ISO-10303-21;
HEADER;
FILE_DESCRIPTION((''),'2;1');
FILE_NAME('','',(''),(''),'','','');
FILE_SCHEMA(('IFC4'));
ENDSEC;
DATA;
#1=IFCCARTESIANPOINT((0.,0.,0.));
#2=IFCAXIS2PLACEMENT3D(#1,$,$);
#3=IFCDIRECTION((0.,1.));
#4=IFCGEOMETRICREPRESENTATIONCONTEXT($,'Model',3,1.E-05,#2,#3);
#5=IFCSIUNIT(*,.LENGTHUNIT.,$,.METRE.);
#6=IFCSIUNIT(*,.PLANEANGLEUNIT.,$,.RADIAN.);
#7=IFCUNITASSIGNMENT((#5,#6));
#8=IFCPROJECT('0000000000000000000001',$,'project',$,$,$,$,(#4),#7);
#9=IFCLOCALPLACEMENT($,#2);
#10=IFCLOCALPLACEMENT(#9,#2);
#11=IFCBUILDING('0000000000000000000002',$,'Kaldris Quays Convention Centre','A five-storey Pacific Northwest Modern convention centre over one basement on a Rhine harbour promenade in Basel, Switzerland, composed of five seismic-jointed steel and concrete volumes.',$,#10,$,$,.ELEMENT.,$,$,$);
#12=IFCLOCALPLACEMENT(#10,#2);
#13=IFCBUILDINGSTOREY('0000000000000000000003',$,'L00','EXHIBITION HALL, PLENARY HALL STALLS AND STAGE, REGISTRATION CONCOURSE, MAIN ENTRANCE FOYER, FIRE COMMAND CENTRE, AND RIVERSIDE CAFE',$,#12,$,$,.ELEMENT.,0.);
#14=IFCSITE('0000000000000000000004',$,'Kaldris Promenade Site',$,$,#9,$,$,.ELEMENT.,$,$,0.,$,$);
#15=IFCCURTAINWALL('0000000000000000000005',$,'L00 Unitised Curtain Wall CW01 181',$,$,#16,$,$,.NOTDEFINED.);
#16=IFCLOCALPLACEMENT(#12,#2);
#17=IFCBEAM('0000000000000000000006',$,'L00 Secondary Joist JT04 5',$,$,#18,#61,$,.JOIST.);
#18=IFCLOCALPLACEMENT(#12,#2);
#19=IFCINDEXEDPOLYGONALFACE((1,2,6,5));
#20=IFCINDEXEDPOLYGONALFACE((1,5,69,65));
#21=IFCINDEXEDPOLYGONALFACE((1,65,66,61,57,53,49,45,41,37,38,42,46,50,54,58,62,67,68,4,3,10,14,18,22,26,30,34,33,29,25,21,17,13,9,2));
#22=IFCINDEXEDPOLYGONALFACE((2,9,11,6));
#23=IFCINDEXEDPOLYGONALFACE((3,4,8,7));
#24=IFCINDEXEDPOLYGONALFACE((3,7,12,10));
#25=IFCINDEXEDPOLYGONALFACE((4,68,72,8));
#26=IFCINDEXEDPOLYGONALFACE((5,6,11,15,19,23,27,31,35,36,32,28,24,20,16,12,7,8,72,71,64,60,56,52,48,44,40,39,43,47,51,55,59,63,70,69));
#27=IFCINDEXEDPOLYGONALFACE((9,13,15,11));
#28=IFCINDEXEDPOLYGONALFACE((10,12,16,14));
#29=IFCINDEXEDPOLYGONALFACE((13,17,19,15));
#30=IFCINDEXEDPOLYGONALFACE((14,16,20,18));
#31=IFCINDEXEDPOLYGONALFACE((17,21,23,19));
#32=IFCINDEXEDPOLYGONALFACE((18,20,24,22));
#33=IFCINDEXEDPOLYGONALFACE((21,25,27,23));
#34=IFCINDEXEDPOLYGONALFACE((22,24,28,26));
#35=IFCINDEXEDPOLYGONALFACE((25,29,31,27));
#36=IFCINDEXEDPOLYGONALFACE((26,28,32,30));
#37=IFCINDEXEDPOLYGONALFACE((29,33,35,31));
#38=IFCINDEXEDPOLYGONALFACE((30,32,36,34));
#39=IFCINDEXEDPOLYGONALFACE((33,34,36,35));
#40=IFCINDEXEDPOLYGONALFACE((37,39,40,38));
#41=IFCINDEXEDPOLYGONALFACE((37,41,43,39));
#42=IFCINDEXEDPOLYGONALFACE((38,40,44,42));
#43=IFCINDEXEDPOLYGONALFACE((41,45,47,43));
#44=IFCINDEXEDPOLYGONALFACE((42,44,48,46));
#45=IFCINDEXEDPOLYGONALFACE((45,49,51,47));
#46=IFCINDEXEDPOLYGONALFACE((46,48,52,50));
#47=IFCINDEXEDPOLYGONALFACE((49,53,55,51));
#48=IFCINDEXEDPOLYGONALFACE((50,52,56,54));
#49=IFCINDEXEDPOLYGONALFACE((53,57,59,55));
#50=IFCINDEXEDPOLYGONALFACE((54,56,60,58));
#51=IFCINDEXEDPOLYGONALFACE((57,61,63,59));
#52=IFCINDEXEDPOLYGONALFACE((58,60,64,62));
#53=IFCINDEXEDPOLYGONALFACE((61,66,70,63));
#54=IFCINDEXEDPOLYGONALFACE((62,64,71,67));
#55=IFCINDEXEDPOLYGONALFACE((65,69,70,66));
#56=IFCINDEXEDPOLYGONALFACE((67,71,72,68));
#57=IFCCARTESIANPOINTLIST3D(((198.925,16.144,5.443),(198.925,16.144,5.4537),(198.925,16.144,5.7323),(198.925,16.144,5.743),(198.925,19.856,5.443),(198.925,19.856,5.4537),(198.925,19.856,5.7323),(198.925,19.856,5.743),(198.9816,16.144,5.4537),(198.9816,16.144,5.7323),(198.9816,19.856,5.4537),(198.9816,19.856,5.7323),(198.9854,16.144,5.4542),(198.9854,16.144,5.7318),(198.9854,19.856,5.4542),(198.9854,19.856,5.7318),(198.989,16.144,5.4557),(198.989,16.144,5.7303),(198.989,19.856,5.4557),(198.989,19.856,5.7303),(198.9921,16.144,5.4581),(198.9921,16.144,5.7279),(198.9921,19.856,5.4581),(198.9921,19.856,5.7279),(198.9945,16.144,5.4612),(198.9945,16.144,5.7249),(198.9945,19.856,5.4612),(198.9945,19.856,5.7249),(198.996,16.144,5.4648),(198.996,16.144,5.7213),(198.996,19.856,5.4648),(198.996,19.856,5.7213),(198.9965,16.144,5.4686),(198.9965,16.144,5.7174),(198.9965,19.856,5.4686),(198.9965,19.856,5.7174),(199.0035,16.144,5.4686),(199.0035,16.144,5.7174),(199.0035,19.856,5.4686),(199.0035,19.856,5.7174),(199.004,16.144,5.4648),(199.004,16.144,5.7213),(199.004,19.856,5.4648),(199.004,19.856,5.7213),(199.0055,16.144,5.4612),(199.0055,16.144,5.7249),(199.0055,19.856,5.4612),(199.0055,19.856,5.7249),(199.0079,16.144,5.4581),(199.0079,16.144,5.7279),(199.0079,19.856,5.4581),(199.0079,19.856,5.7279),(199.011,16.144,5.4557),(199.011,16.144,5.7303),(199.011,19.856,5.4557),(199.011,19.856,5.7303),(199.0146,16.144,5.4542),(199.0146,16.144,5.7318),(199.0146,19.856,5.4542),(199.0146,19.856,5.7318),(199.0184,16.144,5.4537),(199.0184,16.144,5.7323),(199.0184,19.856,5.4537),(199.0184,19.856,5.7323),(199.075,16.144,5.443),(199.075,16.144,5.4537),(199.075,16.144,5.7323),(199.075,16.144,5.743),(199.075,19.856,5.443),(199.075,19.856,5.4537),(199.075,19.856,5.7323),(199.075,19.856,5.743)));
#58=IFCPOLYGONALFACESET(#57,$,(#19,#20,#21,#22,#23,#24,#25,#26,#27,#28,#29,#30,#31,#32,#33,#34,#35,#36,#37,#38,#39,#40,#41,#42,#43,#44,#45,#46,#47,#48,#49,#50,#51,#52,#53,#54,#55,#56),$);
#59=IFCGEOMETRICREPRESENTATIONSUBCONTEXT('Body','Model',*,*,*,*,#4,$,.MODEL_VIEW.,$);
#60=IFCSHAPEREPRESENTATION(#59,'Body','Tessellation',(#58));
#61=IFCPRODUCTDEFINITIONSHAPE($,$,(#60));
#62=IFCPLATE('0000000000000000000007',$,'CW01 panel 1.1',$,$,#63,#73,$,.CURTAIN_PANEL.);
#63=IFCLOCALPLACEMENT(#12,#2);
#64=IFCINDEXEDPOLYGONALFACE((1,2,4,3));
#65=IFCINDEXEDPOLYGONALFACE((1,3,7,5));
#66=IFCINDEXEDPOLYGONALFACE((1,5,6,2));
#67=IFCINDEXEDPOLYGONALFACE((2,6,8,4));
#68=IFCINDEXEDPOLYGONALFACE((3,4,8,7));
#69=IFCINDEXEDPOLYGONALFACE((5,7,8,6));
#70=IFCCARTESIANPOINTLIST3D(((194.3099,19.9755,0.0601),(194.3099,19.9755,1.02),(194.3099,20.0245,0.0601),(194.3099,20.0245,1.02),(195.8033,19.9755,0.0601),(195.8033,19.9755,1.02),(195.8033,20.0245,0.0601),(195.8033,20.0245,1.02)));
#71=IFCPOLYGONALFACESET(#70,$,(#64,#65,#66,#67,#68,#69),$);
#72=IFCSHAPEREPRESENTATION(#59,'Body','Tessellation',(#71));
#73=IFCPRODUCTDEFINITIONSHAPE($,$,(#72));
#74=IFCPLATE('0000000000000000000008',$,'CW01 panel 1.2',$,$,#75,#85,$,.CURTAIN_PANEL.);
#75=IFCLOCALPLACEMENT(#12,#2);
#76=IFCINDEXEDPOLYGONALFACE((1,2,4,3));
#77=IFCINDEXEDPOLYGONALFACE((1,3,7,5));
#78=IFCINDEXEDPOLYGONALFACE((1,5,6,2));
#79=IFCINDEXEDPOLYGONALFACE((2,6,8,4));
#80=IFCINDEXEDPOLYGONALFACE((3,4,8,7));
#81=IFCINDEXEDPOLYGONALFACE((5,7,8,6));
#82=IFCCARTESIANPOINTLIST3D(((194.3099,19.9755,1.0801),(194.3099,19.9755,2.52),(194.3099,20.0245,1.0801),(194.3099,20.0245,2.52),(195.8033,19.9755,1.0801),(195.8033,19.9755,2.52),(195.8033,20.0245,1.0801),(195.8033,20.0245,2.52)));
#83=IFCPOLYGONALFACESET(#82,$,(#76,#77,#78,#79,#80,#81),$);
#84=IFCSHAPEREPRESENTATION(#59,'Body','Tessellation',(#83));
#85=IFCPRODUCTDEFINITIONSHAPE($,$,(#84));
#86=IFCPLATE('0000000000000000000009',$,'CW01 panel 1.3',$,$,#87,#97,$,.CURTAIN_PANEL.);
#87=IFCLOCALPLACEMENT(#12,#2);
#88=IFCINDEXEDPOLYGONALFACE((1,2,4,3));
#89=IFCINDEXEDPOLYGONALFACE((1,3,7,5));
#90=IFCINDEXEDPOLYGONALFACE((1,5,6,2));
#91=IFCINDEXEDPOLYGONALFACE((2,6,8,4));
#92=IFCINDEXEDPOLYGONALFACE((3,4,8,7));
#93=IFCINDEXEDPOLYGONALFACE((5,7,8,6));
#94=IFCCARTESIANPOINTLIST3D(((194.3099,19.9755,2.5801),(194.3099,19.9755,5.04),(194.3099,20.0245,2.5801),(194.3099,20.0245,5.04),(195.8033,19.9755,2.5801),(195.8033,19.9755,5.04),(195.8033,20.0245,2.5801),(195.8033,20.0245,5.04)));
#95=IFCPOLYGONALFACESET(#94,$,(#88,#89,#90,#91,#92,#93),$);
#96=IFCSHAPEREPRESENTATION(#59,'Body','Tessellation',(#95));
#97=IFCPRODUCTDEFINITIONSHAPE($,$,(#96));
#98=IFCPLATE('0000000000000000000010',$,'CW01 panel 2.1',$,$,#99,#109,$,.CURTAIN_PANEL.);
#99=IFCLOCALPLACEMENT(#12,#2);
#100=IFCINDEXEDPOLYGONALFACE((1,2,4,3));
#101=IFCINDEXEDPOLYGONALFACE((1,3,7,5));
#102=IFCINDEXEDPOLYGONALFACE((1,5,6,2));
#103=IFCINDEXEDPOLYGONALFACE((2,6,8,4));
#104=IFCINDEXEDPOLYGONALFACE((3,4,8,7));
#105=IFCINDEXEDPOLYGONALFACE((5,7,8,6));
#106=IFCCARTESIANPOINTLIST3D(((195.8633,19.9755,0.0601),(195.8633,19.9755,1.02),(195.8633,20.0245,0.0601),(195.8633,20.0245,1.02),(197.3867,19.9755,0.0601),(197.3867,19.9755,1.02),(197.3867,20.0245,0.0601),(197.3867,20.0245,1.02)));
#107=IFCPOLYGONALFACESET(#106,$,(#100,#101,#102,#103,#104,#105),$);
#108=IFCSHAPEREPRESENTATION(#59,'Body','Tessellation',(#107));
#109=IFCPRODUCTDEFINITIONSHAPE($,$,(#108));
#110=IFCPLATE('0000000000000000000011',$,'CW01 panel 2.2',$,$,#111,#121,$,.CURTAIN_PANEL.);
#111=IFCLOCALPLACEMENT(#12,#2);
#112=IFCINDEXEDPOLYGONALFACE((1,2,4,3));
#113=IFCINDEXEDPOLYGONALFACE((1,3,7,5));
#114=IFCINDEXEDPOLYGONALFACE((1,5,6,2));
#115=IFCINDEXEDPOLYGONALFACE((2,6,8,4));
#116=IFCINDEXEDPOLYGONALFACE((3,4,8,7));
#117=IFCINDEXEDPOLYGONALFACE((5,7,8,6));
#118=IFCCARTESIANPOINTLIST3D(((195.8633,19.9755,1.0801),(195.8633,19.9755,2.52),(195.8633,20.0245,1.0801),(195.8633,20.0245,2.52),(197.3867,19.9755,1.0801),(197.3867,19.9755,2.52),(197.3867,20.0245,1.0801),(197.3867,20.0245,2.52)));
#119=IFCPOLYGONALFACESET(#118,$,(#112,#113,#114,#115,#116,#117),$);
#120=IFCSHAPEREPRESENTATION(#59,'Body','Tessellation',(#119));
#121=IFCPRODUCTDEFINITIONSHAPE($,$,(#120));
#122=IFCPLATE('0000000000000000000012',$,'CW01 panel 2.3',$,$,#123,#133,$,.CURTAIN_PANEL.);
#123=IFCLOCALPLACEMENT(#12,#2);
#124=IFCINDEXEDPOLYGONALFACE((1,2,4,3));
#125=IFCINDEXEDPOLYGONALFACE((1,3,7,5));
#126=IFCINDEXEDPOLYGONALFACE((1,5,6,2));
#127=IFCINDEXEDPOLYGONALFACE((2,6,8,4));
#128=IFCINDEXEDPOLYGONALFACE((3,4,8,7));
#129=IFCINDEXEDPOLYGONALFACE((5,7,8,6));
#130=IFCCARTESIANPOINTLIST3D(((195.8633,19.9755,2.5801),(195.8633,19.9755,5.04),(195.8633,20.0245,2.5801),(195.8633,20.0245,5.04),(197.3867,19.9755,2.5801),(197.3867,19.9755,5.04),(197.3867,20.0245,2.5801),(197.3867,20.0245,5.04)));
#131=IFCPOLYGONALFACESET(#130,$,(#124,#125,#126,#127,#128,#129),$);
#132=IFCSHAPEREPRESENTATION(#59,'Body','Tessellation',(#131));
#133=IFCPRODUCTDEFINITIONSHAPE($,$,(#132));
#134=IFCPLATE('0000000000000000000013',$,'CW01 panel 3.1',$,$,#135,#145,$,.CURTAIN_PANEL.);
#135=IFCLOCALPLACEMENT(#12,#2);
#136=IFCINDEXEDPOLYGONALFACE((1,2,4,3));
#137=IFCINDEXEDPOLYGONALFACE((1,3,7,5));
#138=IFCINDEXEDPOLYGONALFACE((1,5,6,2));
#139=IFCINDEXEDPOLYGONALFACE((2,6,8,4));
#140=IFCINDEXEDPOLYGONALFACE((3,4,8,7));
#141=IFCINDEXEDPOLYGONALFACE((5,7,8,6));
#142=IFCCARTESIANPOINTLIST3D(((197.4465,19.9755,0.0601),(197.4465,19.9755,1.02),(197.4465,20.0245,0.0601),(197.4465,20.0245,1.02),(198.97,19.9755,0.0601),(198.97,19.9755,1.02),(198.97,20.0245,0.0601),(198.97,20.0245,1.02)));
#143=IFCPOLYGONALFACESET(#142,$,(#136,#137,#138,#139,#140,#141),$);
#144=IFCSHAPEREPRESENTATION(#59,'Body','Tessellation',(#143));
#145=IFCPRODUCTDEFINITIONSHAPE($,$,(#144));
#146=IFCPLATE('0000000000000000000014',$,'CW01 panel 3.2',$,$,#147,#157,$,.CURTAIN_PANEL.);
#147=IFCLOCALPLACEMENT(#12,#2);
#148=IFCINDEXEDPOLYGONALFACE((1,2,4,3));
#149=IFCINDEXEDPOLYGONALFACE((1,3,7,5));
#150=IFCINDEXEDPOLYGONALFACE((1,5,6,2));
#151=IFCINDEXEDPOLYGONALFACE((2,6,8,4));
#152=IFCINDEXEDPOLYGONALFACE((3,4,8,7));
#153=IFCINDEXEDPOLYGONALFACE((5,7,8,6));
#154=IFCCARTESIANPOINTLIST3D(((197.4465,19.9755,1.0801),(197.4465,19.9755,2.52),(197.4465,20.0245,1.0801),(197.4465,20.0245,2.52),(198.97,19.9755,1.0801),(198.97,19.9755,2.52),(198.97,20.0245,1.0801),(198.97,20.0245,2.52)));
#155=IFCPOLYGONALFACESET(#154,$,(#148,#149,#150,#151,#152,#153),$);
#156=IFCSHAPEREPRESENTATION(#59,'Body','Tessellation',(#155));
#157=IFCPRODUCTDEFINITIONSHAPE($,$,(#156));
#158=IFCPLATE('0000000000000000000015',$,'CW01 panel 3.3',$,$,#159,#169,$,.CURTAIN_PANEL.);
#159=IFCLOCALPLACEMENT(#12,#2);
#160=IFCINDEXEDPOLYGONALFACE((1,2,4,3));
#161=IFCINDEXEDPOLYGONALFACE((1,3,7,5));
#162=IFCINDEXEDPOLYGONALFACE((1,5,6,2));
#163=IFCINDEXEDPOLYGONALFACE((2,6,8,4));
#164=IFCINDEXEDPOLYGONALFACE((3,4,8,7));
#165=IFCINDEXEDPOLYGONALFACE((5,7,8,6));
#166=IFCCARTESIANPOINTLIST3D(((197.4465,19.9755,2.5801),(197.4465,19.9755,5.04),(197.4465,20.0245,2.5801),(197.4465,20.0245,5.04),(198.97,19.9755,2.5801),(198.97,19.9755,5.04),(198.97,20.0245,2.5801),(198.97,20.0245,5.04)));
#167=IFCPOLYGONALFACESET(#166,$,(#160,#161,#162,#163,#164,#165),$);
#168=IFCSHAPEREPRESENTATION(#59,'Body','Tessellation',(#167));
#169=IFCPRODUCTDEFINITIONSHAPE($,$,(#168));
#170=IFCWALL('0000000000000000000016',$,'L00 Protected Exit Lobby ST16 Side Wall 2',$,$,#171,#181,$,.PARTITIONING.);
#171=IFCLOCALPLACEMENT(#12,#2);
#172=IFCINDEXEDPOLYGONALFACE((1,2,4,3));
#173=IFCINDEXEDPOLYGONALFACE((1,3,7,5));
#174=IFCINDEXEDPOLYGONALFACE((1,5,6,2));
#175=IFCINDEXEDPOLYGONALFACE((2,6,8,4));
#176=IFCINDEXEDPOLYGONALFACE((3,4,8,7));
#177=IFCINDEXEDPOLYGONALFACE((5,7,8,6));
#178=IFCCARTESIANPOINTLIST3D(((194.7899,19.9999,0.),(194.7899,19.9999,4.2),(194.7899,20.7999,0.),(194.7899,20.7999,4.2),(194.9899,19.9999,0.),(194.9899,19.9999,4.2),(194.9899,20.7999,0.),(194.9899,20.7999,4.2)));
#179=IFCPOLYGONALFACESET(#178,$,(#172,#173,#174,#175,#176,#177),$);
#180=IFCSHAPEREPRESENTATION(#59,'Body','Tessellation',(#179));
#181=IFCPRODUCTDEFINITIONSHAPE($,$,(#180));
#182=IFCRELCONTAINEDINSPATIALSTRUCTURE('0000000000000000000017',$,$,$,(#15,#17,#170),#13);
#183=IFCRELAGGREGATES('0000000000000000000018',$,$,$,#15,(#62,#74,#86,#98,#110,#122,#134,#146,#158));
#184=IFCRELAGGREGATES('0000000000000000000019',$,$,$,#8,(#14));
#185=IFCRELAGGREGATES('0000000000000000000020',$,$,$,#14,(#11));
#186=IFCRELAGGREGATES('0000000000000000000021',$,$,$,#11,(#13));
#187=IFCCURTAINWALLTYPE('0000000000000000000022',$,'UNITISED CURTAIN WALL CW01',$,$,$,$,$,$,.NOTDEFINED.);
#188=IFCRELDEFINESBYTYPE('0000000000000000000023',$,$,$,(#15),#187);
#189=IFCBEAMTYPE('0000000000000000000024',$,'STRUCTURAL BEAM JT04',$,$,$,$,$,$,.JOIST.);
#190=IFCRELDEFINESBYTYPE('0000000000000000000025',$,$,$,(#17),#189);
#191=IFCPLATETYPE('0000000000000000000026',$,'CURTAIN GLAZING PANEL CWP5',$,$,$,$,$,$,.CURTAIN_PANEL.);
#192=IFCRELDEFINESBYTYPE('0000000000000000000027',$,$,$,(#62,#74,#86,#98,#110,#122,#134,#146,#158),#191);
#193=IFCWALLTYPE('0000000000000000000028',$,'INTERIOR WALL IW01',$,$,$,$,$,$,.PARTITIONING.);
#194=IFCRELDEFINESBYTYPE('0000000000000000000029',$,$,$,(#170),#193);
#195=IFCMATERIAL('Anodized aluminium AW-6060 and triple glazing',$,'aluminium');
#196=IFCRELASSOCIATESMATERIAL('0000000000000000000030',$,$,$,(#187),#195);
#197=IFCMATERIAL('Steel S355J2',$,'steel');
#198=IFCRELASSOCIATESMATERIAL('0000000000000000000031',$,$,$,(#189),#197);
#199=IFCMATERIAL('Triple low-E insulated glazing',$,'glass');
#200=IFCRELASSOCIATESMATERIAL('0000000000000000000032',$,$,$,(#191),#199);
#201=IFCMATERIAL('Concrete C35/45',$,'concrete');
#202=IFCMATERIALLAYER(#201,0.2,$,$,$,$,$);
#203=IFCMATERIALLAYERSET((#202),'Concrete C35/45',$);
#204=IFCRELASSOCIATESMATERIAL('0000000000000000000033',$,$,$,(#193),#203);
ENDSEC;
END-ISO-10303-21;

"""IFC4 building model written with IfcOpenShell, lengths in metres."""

from ifc_helpers import new_model, si_unit, direction, frame, frame_2d, origin, origin_2d, place, context, subcontext, project, spatial, rectangle, i_section, extrude, material, layer, layer_set, material_profile, profile_set, type_object, element, aggregate, save


model = new_model("IFC4")

# Units and contexts
model_context = context("Model", 3, precision=1e-05, world=origin(), true_north=direction((0.0, 1.0)))
body_context = subcontext(model_context, "Body", "Model", "MODEL_VIEW")
ifc_project = project(units=[si_unit("LENGTHUNIT", "METRE"), si_unit("PLANEANGLEUNIT", "RADIAN")], contexts=[model_context])

# Site, building, storey
site_placement = place(None, origin())
site = spatial("IfcSite", under=ifc_project, at=site_placement, Name="Kaldris Promenade Site", CompositionType="ELEMENT", RefElevation=0.0)
building_placement = place(site_placement, origin())
building = spatial("IfcBuilding", under=site, at=building_placement, Name="Kaldris Quays Convention Centre", Description="A five-storey Pacific Northwest Modern convention centre over one basement on a Rhine harbour promenade in Basel, Switzerland, composed of five seismic-jointed steel and concrete volumes.", CompositionType="ELEMENT")
storey_placement = place(building_placement, origin())
storey = spatial("IfcBuildingStorey", under=building, at=storey_placement, Name="L00", Description="EXHIBITION HALL, PLENARY HALL STALLS AND STAGE, REGISTRATION CONCOURSE, MAIN ENTRANCE FOYER, FIRE COMMAND CENTRE, AND RIVERSIDE CAFE", CompositionType="ELEMENT", Elevation=0.0)

# Curtain wall
ifc_material_1 = material(Name="Anodized aluminium AW-6060 and triple glazing", Category="aluminium")
curtain_wall_type = type_object("IfcCurtainWallType", Name="UNITISED CURTAIN WALL CW01", PredefinedType="NOTDEFINED", material=ifc_material_1)
curtain_wall_placement = place(storey_placement, origin())
curtain_wall = element("IfcCurtainWall", 1, at=curtain_wall_placement, inside=storey, type_object=curtain_wall_type, Name="L00 Unitised Curtain Wall CW01 181", PredefinedType="NOTDEFINED")

# Beam
ifc_material_2 = material(Name="Steel S355J2", Category="steel")
ifc_material_profile_1 = material_profile(ifc_material_2, i_section(OverallWidth=0.1499, OverallDepth=0.3, WebThickness=0.0071, FlangeThickness=0.0107, FilletRadius=0.0149, at=origin_2d()), Name="IPE 300")
ifc_profile_set_1 = profile_set([ifc_material_profile_1], Name="Steel S355J2")
beam_type = type_object("IfcBeamType", Name="STRUCTURAL BEAM JT04", PredefinedType="JOIST", material=ifc_profile_set_1)
beam_placement = place(storey_placement, frame((199.0, 16.144, 5.593), z_axis=(0.0, 1.0, 0.0), x_axis=(-1.0, 0.0, 0.0)))
element("IfcBeam", 2, at=beam_placement, inside=storey, type_object=beam_type, Name="L00 Secondary Joist JT04 5", PredefinedType="JOIST", context=body_context, shape_type="SweptSolid", body=[
    extrude(i_section(OverallWidth=0.1499, OverallDepth=0.3, WebThickness=0.0071, FlangeThickness=0.0107, FilletRadius=0.0149, at=origin_2d()), origin(), (0.0, 0.0, 1.0), 3.7119),
])

# Plates
ifc_material_3 = material(Name="Triple low-E insulated glazing", Category="glass")
plate_type = type_object("IfcPlateType", Name="CURTAIN GLAZING PANEL CWP5", PredefinedType="CURTAIN_PANEL", material=ifc_material_3)
plate_1_placement = place(storey_placement, frame((195.0566, 20.0, 0.0601), z_axis=(0.0, 0.0, 1.0), x_axis=(1.0, 0.0, 0.0)))
plate_1 = element("IfcPlate", 3, at=plate_1_placement, type_object=plate_type, Name="CW01 panel 1.1", PredefinedType="CURTAIN_PANEL", context=body_context, shape_type="SweptSolid", body=[
    extrude(rectangle(XDim=1.4934, YDim=0.0491, at=origin_2d()), origin(), (0.0, 0.0, 1.0), 0.96),
])
plate_2_placement = place(storey_placement, frame((195.0566, 20.0, 1.0801), z_axis=(0.0, 0.0, 1.0), x_axis=(1.0, 0.0, 0.0)))
plate_2 = element("IfcPlate", 4, at=plate_2_placement, type_object=plate_type, Name="CW01 panel 1.2", PredefinedType="CURTAIN_PANEL", context=body_context, shape_type="SweptSolid", body=[
    extrude(rectangle(XDim=1.4934, YDim=0.0491, at=origin_2d()), origin(), (0.0, 0.0, 1.0), 1.4399),
])
plate_3_placement = place(storey_placement, frame((195.0566, 20.0, 2.5801), z_axis=(0.0, 0.0, 1.0), x_axis=(1.0, 0.0, 0.0)))
plate_3 = element("IfcPlate", 5, at=plate_3_placement, type_object=plate_type, Name="CW01 panel 1.3", PredefinedType="CURTAIN_PANEL", context=body_context, shape_type="SweptSolid", body=[
    extrude(rectangle(XDim=1.4934, YDim=0.0491, at=origin_2d()), origin(), (0.0, 0.0, 1.0), 2.46),
])
plate_4_placement = place(storey_placement, frame((196.625, 20.0, 0.0601), z_axis=(0.0, 0.0, 1.0), x_axis=(1.0, 0.0, 0.0)))
plate_4 = element("IfcPlate", 6, at=plate_4_placement, type_object=plate_type, Name="CW01 panel 2.1", PredefinedType="CURTAIN_PANEL", context=body_context, shape_type="SweptSolid", body=[
    extrude(rectangle(XDim=1.5234, YDim=0.0491, at=origin_2d()), origin(), (0.0, 0.0, 1.0), 0.96),
])
plate_5_placement = place(storey_placement, frame((196.625, 20.0, 1.0801), z_axis=(0.0, 0.0, 1.0), x_axis=(1.0, 0.0, 0.0)))
plate_5 = element("IfcPlate", 7, at=plate_5_placement, type_object=plate_type, Name="CW01 panel 2.2", PredefinedType="CURTAIN_PANEL", context=body_context, shape_type="SweptSolid", body=[
    extrude(rectangle(XDim=1.5234, YDim=0.0491, at=origin_2d()), origin(), (0.0, 0.0, 1.0), 1.4399),
])
plate_6_placement = place(storey_placement, frame((196.625, 20.0, 2.5801), z_axis=(0.0, 0.0, 1.0), x_axis=(1.0, 0.0, 0.0)))
plate_6 = element("IfcPlate", 8, at=plate_6_placement, type_object=plate_type, Name="CW01 panel 2.3", PredefinedType="CURTAIN_PANEL", context=body_context, shape_type="SweptSolid", body=[
    extrude(rectangle(XDim=1.5234, YDim=0.0491, at=origin_2d()), origin(), (0.0, 0.0, 1.0), 2.46),
])
plate_7_placement = place(storey_placement, frame((198.2083, 20.0, 0.0601), z_axis=(0.0, 0.0, 1.0), x_axis=(1.0, 0.0, 0.0)))
plate_7 = element("IfcPlate", 9, at=plate_7_placement, type_object=plate_type, Name="CW01 panel 3.1", PredefinedType="CURTAIN_PANEL", context=body_context, shape_type="SweptSolid", body=[
    extrude(rectangle(XDim=1.5234, YDim=0.0491, at=origin_2d()), origin(), (0.0, 0.0, 1.0), 0.96),
])
plate_8_placement = place(storey_placement, frame((198.2083, 20.0, 1.0801), z_axis=(0.0, 0.0, 1.0), x_axis=(1.0, 0.0, 0.0)))
plate_8 = element("IfcPlate", 10, at=plate_8_placement, type_object=plate_type, Name="CW01 panel 3.2", PredefinedType="CURTAIN_PANEL", context=body_context, shape_type="SweptSolid", body=[
    extrude(rectangle(XDim=1.5234, YDim=0.0491, at=origin_2d()), origin(), (0.0, 0.0, 1.0), 1.4399),
])
plate_9_placement = place(storey_placement, frame((198.2083, 20.0, 2.5801), z_axis=(0.0, 0.0, 1.0), x_axis=(1.0, 0.0, 0.0)))
plate_9 = element("IfcPlate", 11, at=plate_9_placement, type_object=plate_type, Name="CW01 panel 3.3", PredefinedType="CURTAIN_PANEL", context=body_context, shape_type="SweptSolid", body=[
    extrude(rectangle(XDim=1.5234, YDim=0.0491, at=origin_2d()), origin(), (0.0, 0.0, 1.0), 2.46),
])
aggregate(curtain_wall, [plate_1, plate_2, plate_3, plate_4, plate_5, plate_6, plate_7, plate_8, plate_9])

# Wall
ifc_material_4 = material(Name="Concrete C35/45", Category="concrete")
ifc_layer_1 = layer(ifc_material_4, 0.2)
ifc_layer_set_1 = layer_set([ifc_layer_1], Name="Concrete C35/45")
wall_type_1 = type_object("IfcWallType", Name="INTERIOR WALL IW01", PredefinedType="PARTITIONING", material=ifc_layer_set_1)
wall_1_placement = place(storey_placement, frame((194.8899, 20.0, 0.0), z_axis=(0.0, 0.0, 1.0), x_axis=(0.0, 1.0, 0.0)))
element("IfcWall", 12, at=wall_1_placement, inside=storey, type_object=wall_type_1, Name="L00 Protected Exit Lobby ST16 Side Wall 2", PredefinedType="PARTITIONING", context=body_context, shape_type="SweptSolid", body=[
    extrude(rectangle(XDim=0.8, YDim=0.2, at=frame_2d((0.3999, 0.0))), origin(), (0.0, 0.0, 1.0), 4.2),
])

save(model, "model.ifc")
